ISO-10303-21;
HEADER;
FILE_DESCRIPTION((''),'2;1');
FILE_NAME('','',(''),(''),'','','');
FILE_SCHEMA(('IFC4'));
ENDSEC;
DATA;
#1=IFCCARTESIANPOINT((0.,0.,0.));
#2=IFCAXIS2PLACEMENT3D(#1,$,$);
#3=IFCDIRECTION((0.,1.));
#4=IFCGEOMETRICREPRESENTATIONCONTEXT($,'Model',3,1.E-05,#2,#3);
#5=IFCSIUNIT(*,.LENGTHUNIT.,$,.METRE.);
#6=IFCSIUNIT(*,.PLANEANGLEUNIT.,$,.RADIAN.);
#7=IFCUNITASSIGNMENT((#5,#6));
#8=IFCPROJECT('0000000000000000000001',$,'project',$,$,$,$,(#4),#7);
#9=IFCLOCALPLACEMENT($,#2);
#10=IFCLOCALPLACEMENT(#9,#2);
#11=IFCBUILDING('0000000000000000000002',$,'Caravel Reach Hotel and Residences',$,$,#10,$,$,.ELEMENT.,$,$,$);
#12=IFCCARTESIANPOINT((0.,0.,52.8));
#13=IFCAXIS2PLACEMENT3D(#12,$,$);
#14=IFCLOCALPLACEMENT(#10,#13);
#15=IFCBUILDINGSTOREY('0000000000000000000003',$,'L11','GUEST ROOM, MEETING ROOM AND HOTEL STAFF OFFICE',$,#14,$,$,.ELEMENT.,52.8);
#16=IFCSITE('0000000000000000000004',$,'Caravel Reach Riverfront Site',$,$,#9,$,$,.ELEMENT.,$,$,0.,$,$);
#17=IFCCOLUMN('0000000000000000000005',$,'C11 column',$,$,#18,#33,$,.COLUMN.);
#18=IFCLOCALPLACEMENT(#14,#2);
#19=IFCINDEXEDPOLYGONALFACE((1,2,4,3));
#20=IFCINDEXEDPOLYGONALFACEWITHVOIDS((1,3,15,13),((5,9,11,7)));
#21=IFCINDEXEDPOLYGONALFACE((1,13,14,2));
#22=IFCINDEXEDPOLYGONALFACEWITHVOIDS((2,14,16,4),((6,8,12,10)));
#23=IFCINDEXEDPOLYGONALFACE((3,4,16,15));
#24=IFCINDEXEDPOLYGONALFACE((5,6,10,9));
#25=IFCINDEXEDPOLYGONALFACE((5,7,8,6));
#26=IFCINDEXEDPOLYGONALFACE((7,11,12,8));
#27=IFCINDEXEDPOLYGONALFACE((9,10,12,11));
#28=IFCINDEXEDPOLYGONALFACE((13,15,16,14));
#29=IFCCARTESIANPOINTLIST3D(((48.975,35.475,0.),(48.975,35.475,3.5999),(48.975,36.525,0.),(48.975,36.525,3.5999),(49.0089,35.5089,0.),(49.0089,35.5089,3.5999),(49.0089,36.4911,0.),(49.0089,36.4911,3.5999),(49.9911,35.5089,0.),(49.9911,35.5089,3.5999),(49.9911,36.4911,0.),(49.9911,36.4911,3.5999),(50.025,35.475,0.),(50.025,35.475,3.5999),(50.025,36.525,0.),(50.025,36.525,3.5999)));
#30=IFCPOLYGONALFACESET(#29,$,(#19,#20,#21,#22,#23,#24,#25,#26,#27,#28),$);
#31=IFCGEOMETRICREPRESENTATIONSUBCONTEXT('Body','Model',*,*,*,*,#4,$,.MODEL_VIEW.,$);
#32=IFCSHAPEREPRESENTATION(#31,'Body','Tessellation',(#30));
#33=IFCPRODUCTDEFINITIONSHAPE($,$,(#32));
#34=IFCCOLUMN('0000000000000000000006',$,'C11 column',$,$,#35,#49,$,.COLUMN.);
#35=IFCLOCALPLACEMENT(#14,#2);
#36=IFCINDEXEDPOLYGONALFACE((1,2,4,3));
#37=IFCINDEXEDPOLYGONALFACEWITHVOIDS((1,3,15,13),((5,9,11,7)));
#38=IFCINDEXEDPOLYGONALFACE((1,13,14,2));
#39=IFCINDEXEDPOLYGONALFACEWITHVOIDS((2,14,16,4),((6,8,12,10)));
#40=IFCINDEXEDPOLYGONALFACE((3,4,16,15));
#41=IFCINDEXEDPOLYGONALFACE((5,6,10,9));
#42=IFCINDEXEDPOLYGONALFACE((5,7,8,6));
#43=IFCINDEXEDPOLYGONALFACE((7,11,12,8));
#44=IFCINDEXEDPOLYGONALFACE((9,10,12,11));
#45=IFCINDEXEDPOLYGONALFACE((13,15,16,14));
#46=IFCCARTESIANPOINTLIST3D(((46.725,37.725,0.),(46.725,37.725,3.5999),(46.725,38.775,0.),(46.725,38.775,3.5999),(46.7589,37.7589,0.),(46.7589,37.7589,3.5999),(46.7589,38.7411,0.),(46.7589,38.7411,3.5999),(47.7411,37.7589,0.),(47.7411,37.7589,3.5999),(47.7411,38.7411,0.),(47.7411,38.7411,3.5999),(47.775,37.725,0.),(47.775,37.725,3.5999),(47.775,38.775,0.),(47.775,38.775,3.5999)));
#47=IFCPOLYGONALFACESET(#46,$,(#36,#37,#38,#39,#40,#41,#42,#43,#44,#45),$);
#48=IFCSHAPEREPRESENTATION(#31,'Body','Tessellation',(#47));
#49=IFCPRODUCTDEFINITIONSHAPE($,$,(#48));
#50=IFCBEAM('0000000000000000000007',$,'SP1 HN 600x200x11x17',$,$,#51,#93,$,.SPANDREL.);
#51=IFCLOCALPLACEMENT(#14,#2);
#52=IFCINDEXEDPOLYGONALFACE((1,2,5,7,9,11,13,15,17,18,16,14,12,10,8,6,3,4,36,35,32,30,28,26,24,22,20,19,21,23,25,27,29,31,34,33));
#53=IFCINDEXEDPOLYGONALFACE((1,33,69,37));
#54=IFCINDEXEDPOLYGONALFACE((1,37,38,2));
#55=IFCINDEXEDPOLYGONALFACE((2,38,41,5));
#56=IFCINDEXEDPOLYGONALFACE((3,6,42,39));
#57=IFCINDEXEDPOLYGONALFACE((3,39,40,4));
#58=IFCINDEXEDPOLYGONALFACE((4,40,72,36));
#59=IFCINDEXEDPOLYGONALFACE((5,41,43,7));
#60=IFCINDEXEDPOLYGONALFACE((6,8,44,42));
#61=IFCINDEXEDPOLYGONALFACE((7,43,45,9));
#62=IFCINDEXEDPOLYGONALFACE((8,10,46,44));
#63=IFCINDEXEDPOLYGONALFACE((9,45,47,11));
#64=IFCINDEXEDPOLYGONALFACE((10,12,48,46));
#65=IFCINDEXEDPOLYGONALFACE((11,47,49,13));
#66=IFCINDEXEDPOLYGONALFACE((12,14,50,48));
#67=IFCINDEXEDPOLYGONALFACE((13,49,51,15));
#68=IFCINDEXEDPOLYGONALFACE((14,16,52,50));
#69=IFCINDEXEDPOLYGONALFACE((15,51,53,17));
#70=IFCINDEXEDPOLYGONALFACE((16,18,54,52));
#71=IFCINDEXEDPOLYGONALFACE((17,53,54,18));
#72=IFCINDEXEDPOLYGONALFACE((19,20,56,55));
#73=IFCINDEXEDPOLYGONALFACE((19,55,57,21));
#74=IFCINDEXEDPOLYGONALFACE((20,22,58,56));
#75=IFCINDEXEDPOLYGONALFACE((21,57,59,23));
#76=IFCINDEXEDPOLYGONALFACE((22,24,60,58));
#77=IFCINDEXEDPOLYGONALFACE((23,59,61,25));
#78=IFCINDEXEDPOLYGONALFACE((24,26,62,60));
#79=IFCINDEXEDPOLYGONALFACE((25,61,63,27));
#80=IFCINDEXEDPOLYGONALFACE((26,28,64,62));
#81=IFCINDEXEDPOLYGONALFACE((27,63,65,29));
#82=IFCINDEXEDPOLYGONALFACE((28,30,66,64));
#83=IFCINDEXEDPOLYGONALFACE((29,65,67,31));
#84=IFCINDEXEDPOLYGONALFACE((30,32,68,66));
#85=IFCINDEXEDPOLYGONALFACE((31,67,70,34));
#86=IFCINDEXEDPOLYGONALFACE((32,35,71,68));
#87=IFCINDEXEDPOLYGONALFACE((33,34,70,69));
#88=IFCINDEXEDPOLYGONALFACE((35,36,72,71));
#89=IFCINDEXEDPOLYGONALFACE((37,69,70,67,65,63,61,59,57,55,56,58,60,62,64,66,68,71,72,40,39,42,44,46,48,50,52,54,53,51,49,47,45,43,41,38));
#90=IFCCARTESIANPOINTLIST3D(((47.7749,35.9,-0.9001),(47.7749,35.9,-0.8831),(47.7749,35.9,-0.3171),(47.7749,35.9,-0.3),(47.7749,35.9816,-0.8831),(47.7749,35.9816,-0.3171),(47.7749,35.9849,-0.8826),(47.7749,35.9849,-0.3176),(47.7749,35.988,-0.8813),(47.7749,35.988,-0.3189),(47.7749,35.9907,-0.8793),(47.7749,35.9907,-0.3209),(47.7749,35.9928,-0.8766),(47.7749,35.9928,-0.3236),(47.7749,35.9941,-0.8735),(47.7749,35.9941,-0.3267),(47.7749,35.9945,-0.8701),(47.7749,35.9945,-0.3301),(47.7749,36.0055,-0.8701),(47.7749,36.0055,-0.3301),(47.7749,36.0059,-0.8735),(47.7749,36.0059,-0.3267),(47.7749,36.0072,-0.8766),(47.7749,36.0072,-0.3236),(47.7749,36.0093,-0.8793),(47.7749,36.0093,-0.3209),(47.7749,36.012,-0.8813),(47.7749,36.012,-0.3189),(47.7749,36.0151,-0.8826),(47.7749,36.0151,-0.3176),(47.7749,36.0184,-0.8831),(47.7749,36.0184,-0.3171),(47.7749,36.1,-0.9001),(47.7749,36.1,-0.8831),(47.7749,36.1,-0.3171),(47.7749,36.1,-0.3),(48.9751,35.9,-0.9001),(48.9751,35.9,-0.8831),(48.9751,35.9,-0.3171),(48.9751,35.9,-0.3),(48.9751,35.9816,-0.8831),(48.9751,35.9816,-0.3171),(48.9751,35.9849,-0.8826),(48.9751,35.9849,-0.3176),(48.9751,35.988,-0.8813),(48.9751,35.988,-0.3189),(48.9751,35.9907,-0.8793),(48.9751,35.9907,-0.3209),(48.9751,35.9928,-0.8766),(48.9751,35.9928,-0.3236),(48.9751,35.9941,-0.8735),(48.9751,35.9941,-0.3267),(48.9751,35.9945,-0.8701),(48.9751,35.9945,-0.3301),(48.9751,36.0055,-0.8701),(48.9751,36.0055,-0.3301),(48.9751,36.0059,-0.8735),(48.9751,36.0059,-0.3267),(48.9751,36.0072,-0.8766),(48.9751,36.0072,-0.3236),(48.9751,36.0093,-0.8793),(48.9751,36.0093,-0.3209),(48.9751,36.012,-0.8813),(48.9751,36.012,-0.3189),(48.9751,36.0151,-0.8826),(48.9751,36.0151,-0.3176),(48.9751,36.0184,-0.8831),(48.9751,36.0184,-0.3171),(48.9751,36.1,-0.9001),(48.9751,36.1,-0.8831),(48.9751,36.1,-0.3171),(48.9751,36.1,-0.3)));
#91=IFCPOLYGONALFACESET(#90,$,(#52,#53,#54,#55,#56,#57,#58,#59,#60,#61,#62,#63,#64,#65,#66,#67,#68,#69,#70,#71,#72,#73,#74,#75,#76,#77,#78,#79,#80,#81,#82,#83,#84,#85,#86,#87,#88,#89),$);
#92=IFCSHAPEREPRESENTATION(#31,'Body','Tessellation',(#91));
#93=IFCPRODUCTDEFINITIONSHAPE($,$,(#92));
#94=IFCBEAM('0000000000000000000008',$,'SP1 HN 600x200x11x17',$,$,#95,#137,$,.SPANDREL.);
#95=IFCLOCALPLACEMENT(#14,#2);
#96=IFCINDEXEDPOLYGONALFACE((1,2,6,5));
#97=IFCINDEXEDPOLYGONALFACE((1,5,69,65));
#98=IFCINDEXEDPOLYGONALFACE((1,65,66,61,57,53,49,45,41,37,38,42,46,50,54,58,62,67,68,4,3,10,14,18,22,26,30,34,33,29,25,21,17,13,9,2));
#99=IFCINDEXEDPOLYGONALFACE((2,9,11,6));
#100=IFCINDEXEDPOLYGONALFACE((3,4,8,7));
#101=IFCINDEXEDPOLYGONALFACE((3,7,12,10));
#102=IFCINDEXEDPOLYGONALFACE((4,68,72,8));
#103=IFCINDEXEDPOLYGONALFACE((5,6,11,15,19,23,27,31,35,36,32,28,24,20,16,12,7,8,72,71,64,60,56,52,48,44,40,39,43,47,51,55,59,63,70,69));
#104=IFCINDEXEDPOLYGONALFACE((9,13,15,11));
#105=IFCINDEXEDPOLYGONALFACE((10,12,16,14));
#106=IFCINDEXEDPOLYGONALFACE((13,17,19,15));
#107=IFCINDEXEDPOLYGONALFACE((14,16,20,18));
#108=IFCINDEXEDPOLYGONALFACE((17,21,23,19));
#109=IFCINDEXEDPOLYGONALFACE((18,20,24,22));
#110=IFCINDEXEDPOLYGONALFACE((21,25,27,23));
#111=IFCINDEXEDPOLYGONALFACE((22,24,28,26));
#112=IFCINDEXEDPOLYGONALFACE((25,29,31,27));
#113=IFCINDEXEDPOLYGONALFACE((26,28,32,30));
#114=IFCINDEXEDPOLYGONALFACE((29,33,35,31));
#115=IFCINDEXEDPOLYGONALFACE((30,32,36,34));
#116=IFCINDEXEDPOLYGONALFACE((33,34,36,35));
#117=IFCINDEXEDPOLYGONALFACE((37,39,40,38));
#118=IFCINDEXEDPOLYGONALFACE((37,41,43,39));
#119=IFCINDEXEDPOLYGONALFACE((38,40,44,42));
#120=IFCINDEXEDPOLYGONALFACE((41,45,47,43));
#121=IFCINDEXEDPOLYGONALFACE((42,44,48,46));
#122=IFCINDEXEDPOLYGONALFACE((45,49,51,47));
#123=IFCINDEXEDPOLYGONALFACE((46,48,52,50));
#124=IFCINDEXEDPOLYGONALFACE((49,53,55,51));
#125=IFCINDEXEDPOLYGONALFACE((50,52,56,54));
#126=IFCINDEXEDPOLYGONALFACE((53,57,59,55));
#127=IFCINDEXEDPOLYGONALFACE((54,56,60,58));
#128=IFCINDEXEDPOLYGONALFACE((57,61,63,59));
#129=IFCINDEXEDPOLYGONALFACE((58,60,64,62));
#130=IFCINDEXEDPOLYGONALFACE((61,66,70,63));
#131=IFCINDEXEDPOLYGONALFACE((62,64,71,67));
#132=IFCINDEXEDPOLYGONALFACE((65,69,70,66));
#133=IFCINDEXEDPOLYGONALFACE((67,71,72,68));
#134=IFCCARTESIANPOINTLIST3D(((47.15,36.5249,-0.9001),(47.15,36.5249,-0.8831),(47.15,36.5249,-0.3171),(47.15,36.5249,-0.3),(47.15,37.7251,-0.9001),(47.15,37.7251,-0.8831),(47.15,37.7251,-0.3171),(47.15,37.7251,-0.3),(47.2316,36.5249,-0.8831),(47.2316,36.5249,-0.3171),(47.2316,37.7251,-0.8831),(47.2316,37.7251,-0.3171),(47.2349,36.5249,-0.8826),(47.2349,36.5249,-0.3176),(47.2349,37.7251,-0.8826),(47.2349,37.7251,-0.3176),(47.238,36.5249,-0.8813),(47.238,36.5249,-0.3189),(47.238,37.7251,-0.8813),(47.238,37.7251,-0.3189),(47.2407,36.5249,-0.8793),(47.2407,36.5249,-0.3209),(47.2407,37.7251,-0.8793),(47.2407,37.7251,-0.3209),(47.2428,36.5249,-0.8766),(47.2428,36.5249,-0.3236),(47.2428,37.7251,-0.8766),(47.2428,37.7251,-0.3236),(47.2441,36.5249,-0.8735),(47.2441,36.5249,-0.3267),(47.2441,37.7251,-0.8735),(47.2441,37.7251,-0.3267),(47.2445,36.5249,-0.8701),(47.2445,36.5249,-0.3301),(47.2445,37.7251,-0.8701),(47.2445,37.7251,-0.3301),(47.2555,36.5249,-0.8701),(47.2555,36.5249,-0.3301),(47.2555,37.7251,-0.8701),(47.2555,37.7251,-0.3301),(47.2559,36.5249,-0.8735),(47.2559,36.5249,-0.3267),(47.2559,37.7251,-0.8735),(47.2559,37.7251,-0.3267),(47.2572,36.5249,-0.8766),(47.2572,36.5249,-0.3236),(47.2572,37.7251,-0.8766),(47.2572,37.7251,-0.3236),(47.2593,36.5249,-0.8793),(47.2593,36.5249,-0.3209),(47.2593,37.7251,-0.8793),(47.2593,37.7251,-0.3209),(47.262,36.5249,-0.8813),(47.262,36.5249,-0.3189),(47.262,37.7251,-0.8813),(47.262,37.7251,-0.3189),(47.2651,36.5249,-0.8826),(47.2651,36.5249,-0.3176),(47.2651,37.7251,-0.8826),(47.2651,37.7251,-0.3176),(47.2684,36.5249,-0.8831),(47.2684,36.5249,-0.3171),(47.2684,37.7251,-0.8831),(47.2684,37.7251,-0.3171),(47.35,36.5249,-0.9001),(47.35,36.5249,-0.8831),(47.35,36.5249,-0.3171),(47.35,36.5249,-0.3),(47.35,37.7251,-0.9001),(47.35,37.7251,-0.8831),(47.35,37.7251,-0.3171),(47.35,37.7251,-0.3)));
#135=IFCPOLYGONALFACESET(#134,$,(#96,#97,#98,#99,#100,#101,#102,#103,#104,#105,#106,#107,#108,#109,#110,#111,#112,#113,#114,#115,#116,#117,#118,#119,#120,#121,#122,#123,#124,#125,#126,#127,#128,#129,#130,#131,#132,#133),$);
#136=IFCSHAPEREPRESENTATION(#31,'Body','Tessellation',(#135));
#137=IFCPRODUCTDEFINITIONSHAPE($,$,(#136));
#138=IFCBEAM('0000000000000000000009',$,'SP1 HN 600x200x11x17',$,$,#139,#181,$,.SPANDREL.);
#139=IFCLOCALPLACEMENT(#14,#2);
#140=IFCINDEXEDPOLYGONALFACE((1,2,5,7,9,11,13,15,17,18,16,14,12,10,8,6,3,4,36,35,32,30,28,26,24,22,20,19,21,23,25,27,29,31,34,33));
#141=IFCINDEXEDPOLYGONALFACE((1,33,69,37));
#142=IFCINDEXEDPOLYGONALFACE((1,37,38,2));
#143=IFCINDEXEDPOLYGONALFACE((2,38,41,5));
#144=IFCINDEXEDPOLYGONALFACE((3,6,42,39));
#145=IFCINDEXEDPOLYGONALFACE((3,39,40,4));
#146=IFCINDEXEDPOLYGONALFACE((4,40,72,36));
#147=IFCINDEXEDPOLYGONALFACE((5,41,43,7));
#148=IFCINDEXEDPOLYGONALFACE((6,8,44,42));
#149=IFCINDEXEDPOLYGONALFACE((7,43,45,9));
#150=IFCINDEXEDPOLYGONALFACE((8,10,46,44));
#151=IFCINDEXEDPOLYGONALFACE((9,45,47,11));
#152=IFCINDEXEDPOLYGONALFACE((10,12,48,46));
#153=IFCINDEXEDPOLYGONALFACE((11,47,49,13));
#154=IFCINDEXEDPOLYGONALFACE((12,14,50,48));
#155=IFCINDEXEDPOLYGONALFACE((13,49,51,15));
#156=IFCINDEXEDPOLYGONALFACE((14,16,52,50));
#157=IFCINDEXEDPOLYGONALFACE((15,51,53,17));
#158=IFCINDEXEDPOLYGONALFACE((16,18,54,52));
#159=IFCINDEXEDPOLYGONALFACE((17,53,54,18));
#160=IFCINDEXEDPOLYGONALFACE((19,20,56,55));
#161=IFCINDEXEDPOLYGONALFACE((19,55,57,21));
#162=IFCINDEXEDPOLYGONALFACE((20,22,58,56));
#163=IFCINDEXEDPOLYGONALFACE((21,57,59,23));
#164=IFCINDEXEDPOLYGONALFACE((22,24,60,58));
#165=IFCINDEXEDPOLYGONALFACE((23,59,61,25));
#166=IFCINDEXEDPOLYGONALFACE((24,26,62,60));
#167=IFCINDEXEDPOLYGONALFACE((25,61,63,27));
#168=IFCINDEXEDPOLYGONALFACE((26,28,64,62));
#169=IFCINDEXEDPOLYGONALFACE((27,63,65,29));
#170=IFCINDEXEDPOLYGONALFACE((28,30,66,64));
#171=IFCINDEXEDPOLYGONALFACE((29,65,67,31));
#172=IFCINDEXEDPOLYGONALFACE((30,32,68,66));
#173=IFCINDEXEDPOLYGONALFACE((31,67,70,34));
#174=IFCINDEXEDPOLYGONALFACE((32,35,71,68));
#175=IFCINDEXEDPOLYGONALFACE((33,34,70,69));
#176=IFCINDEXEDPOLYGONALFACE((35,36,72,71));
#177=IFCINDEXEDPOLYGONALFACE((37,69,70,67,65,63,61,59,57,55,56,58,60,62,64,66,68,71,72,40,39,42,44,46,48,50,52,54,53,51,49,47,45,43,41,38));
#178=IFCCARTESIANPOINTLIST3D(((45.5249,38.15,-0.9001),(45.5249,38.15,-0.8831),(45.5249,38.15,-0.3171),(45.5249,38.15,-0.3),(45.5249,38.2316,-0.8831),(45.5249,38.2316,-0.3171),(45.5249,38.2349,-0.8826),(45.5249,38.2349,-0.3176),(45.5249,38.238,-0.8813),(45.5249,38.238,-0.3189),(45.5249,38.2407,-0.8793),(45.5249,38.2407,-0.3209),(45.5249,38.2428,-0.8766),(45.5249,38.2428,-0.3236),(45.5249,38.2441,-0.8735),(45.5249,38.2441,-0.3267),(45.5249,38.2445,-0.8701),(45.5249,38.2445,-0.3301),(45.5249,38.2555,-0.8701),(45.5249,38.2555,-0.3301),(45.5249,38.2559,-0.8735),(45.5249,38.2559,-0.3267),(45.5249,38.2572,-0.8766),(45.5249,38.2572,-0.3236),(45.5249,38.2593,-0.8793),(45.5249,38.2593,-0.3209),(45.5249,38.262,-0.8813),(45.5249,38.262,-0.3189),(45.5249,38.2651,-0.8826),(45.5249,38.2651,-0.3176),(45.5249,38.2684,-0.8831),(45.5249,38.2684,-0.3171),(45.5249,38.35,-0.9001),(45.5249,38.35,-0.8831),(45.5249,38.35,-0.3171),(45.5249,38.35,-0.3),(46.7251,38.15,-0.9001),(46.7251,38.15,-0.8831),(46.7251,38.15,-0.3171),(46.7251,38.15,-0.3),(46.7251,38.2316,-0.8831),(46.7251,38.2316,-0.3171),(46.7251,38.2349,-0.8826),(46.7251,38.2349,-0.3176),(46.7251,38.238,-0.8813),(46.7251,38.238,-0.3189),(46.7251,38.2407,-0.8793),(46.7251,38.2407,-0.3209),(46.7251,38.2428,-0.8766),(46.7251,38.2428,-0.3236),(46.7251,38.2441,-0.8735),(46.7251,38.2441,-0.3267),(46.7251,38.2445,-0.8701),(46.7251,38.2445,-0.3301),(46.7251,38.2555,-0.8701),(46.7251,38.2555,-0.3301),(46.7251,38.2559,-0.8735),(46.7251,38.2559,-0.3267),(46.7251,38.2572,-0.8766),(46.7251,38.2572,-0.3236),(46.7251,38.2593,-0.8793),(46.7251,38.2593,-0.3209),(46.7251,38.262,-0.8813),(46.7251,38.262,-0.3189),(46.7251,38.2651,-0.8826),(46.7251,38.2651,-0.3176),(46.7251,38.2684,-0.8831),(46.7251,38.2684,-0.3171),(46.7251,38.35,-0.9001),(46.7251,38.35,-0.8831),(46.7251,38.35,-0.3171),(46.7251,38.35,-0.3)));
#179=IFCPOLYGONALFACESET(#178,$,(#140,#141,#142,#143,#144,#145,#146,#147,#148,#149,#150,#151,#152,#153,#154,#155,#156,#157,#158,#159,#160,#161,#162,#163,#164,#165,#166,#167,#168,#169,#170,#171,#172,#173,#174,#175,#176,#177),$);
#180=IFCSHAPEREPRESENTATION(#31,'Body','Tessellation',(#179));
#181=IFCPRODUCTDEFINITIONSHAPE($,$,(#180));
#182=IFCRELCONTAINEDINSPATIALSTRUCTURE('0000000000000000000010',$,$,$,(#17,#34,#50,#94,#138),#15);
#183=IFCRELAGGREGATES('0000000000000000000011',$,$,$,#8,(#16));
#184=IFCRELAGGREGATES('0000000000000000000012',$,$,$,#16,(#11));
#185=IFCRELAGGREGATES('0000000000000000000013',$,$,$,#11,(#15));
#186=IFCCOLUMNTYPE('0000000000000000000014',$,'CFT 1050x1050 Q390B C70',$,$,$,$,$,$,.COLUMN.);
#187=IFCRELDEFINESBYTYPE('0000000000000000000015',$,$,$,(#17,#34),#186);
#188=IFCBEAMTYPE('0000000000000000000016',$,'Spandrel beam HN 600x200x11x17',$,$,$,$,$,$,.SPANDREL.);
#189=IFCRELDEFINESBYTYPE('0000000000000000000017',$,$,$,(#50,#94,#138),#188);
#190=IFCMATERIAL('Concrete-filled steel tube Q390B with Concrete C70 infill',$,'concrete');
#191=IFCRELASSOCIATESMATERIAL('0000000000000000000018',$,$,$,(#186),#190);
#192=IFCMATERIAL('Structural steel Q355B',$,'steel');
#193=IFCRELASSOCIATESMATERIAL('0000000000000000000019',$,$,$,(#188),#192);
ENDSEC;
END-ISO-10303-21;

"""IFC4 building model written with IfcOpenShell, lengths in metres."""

from ifc_helpers import new_model, si_unit, direction, frame, origin, origin_2d, place, context, subcontext, project, spatial, hollow_rectangle, i_section, extrude, material, material_profile, profile_set, type_object, element, save


model = new_model("IFC4")

# Units and contexts
model_context = context("Model", 3, precision=1e-05, world=origin(), true_north=direction((0.0, 1.0)))
body_context = subcontext(model_context, "Body", "Model", "MODEL_VIEW")
ifc_project = project(units=[si_unit("LENGTHUNIT", "METRE"), si_unit("PLANEANGLEUNIT", "RADIAN")], contexts=[model_context])

# Site, building, storey
site_placement = place(None, origin())
site = spatial("IfcSite", under=ifc_project, at=site_placement, Name="Caravel Reach Riverfront Site", CompositionType="ELEMENT", RefElevation=0.0)
building_placement = place(site_placement, origin())
building = spatial("IfcBuilding", under=site, at=building_placement, Name="Caravel Reach Hotel and Residences", CompositionType="ELEMENT")
storey_placement = place(building_placement, frame((0.0, 0.0, 52.8)))
storey = spatial("IfcBuildingStorey", under=building, at=storey_placement, Name="L11", Description="GUEST ROOM, MEETING ROOM AND HOTEL STAFF OFFICE", CompositionType="ELEMENT", Elevation=52.8)

# Columns
ifc_material_1 = material(Name="Concrete-filled steel tube Q390B with Concrete C70 infill", Category="concrete")
ifc_material_profile_1 = material_profile(ifc_material_1, hollow_rectangle(XDim=1.05, YDim=1.05, WallThickness=0.0339, at=origin_2d()), Name="RHS 1050x1050x34")
ifc_profile_set_1 = profile_set([ifc_material_profile_1], Name="Concrete-filled steel tube Q390B with Concrete C70 infill")
column_type = type_object("IfcColumnType", Name="CFT 1050x1050 Q390B C70", PredefinedType="COLUMN", material=ifc_profile_set_1)
for number, where, z_axis, x_axis, name in (
    (1, (49.5, 36.0, 0.0), (0.0, 0.0, 1.0), (1.0, 0.0, 0.0), "C11 column"),
    (2, (47.25, 38.25, 0.0), (0.0, 0.0, 1.0), (1.0, 0.0, 0.0), "C11 column"),
):
    element("IfcColumn", number, at=place(storey_placement, frame(where, z_axis=z_axis, x_axis=x_axis)), inside=storey, type_object=column_type, Name=name, PredefinedType="COLUMN", context=body_context, shape_type="SweptSolid", body=[
        extrude(hollow_rectangle(XDim=1.05, YDim=1.05, WallThickness=0.0339, at=origin_2d()), origin(), (0.0, 0.0, 1.0), 3.5999),
    ])

# Beams
ifc_material_2 = material(Name="Structural steel Q355B", Category="steel")
ifc_material_profile_2 = material_profile(ifc_material_2, i_section(OverallWidth=0.2, OverallDepth=0.6001, WebThickness=0.011, FlangeThickness=0.0171, FilletRadius=0.0129, at=origin_2d()), Name="HN 600x200x11x17")
ifc_profile_set_2 = profile_set([ifc_material_profile_2], Name="Structural steel Q355B")
beam_type = type_object("IfcBeamType", Name="Spandrel beam HN 600x200x11x17", PredefinedType="SPANDREL", material=ifc_profile_set_2)
for number, where, z_axis, x_axis, name in (
    (3, (48.9751, 36.0, -0.6001), (-1.0, 0.0, 0.0), (0.0, -1.0, 0.0), "SP1 HN 600x200x11x17"),
    (4, (47.25, 36.5249, -0.6001), (0.0, 1.0, 0.0), (-1.0, 0.0, 0.0), "SP1 HN 600x200x11x17"),
    (5, (46.7251, 38.25, -0.6001), (-1.0, 0.0, 0.0), (0.0, -1.0, 0.0), "SP1 HN 600x200x11x17"),
):
    element("IfcBeam", number, at=place(storey_placement, frame(where, z_axis=z_axis, x_axis=x_axis)), inside=storey, type_object=beam_type, Name=name, PredefinedType="SPANDREL", context=body_context, shape_type="SweptSolid", body=[
        extrude(i_section(OverallWidth=0.2, OverallDepth=0.6001, WebThickness=0.011, FlangeThickness=0.0171, FilletRadius=0.0129, at=origin_2d()), origin(), (0.0, 0.0, 1.0), 1.2002),
    ])

save(model, "model.ifc")
